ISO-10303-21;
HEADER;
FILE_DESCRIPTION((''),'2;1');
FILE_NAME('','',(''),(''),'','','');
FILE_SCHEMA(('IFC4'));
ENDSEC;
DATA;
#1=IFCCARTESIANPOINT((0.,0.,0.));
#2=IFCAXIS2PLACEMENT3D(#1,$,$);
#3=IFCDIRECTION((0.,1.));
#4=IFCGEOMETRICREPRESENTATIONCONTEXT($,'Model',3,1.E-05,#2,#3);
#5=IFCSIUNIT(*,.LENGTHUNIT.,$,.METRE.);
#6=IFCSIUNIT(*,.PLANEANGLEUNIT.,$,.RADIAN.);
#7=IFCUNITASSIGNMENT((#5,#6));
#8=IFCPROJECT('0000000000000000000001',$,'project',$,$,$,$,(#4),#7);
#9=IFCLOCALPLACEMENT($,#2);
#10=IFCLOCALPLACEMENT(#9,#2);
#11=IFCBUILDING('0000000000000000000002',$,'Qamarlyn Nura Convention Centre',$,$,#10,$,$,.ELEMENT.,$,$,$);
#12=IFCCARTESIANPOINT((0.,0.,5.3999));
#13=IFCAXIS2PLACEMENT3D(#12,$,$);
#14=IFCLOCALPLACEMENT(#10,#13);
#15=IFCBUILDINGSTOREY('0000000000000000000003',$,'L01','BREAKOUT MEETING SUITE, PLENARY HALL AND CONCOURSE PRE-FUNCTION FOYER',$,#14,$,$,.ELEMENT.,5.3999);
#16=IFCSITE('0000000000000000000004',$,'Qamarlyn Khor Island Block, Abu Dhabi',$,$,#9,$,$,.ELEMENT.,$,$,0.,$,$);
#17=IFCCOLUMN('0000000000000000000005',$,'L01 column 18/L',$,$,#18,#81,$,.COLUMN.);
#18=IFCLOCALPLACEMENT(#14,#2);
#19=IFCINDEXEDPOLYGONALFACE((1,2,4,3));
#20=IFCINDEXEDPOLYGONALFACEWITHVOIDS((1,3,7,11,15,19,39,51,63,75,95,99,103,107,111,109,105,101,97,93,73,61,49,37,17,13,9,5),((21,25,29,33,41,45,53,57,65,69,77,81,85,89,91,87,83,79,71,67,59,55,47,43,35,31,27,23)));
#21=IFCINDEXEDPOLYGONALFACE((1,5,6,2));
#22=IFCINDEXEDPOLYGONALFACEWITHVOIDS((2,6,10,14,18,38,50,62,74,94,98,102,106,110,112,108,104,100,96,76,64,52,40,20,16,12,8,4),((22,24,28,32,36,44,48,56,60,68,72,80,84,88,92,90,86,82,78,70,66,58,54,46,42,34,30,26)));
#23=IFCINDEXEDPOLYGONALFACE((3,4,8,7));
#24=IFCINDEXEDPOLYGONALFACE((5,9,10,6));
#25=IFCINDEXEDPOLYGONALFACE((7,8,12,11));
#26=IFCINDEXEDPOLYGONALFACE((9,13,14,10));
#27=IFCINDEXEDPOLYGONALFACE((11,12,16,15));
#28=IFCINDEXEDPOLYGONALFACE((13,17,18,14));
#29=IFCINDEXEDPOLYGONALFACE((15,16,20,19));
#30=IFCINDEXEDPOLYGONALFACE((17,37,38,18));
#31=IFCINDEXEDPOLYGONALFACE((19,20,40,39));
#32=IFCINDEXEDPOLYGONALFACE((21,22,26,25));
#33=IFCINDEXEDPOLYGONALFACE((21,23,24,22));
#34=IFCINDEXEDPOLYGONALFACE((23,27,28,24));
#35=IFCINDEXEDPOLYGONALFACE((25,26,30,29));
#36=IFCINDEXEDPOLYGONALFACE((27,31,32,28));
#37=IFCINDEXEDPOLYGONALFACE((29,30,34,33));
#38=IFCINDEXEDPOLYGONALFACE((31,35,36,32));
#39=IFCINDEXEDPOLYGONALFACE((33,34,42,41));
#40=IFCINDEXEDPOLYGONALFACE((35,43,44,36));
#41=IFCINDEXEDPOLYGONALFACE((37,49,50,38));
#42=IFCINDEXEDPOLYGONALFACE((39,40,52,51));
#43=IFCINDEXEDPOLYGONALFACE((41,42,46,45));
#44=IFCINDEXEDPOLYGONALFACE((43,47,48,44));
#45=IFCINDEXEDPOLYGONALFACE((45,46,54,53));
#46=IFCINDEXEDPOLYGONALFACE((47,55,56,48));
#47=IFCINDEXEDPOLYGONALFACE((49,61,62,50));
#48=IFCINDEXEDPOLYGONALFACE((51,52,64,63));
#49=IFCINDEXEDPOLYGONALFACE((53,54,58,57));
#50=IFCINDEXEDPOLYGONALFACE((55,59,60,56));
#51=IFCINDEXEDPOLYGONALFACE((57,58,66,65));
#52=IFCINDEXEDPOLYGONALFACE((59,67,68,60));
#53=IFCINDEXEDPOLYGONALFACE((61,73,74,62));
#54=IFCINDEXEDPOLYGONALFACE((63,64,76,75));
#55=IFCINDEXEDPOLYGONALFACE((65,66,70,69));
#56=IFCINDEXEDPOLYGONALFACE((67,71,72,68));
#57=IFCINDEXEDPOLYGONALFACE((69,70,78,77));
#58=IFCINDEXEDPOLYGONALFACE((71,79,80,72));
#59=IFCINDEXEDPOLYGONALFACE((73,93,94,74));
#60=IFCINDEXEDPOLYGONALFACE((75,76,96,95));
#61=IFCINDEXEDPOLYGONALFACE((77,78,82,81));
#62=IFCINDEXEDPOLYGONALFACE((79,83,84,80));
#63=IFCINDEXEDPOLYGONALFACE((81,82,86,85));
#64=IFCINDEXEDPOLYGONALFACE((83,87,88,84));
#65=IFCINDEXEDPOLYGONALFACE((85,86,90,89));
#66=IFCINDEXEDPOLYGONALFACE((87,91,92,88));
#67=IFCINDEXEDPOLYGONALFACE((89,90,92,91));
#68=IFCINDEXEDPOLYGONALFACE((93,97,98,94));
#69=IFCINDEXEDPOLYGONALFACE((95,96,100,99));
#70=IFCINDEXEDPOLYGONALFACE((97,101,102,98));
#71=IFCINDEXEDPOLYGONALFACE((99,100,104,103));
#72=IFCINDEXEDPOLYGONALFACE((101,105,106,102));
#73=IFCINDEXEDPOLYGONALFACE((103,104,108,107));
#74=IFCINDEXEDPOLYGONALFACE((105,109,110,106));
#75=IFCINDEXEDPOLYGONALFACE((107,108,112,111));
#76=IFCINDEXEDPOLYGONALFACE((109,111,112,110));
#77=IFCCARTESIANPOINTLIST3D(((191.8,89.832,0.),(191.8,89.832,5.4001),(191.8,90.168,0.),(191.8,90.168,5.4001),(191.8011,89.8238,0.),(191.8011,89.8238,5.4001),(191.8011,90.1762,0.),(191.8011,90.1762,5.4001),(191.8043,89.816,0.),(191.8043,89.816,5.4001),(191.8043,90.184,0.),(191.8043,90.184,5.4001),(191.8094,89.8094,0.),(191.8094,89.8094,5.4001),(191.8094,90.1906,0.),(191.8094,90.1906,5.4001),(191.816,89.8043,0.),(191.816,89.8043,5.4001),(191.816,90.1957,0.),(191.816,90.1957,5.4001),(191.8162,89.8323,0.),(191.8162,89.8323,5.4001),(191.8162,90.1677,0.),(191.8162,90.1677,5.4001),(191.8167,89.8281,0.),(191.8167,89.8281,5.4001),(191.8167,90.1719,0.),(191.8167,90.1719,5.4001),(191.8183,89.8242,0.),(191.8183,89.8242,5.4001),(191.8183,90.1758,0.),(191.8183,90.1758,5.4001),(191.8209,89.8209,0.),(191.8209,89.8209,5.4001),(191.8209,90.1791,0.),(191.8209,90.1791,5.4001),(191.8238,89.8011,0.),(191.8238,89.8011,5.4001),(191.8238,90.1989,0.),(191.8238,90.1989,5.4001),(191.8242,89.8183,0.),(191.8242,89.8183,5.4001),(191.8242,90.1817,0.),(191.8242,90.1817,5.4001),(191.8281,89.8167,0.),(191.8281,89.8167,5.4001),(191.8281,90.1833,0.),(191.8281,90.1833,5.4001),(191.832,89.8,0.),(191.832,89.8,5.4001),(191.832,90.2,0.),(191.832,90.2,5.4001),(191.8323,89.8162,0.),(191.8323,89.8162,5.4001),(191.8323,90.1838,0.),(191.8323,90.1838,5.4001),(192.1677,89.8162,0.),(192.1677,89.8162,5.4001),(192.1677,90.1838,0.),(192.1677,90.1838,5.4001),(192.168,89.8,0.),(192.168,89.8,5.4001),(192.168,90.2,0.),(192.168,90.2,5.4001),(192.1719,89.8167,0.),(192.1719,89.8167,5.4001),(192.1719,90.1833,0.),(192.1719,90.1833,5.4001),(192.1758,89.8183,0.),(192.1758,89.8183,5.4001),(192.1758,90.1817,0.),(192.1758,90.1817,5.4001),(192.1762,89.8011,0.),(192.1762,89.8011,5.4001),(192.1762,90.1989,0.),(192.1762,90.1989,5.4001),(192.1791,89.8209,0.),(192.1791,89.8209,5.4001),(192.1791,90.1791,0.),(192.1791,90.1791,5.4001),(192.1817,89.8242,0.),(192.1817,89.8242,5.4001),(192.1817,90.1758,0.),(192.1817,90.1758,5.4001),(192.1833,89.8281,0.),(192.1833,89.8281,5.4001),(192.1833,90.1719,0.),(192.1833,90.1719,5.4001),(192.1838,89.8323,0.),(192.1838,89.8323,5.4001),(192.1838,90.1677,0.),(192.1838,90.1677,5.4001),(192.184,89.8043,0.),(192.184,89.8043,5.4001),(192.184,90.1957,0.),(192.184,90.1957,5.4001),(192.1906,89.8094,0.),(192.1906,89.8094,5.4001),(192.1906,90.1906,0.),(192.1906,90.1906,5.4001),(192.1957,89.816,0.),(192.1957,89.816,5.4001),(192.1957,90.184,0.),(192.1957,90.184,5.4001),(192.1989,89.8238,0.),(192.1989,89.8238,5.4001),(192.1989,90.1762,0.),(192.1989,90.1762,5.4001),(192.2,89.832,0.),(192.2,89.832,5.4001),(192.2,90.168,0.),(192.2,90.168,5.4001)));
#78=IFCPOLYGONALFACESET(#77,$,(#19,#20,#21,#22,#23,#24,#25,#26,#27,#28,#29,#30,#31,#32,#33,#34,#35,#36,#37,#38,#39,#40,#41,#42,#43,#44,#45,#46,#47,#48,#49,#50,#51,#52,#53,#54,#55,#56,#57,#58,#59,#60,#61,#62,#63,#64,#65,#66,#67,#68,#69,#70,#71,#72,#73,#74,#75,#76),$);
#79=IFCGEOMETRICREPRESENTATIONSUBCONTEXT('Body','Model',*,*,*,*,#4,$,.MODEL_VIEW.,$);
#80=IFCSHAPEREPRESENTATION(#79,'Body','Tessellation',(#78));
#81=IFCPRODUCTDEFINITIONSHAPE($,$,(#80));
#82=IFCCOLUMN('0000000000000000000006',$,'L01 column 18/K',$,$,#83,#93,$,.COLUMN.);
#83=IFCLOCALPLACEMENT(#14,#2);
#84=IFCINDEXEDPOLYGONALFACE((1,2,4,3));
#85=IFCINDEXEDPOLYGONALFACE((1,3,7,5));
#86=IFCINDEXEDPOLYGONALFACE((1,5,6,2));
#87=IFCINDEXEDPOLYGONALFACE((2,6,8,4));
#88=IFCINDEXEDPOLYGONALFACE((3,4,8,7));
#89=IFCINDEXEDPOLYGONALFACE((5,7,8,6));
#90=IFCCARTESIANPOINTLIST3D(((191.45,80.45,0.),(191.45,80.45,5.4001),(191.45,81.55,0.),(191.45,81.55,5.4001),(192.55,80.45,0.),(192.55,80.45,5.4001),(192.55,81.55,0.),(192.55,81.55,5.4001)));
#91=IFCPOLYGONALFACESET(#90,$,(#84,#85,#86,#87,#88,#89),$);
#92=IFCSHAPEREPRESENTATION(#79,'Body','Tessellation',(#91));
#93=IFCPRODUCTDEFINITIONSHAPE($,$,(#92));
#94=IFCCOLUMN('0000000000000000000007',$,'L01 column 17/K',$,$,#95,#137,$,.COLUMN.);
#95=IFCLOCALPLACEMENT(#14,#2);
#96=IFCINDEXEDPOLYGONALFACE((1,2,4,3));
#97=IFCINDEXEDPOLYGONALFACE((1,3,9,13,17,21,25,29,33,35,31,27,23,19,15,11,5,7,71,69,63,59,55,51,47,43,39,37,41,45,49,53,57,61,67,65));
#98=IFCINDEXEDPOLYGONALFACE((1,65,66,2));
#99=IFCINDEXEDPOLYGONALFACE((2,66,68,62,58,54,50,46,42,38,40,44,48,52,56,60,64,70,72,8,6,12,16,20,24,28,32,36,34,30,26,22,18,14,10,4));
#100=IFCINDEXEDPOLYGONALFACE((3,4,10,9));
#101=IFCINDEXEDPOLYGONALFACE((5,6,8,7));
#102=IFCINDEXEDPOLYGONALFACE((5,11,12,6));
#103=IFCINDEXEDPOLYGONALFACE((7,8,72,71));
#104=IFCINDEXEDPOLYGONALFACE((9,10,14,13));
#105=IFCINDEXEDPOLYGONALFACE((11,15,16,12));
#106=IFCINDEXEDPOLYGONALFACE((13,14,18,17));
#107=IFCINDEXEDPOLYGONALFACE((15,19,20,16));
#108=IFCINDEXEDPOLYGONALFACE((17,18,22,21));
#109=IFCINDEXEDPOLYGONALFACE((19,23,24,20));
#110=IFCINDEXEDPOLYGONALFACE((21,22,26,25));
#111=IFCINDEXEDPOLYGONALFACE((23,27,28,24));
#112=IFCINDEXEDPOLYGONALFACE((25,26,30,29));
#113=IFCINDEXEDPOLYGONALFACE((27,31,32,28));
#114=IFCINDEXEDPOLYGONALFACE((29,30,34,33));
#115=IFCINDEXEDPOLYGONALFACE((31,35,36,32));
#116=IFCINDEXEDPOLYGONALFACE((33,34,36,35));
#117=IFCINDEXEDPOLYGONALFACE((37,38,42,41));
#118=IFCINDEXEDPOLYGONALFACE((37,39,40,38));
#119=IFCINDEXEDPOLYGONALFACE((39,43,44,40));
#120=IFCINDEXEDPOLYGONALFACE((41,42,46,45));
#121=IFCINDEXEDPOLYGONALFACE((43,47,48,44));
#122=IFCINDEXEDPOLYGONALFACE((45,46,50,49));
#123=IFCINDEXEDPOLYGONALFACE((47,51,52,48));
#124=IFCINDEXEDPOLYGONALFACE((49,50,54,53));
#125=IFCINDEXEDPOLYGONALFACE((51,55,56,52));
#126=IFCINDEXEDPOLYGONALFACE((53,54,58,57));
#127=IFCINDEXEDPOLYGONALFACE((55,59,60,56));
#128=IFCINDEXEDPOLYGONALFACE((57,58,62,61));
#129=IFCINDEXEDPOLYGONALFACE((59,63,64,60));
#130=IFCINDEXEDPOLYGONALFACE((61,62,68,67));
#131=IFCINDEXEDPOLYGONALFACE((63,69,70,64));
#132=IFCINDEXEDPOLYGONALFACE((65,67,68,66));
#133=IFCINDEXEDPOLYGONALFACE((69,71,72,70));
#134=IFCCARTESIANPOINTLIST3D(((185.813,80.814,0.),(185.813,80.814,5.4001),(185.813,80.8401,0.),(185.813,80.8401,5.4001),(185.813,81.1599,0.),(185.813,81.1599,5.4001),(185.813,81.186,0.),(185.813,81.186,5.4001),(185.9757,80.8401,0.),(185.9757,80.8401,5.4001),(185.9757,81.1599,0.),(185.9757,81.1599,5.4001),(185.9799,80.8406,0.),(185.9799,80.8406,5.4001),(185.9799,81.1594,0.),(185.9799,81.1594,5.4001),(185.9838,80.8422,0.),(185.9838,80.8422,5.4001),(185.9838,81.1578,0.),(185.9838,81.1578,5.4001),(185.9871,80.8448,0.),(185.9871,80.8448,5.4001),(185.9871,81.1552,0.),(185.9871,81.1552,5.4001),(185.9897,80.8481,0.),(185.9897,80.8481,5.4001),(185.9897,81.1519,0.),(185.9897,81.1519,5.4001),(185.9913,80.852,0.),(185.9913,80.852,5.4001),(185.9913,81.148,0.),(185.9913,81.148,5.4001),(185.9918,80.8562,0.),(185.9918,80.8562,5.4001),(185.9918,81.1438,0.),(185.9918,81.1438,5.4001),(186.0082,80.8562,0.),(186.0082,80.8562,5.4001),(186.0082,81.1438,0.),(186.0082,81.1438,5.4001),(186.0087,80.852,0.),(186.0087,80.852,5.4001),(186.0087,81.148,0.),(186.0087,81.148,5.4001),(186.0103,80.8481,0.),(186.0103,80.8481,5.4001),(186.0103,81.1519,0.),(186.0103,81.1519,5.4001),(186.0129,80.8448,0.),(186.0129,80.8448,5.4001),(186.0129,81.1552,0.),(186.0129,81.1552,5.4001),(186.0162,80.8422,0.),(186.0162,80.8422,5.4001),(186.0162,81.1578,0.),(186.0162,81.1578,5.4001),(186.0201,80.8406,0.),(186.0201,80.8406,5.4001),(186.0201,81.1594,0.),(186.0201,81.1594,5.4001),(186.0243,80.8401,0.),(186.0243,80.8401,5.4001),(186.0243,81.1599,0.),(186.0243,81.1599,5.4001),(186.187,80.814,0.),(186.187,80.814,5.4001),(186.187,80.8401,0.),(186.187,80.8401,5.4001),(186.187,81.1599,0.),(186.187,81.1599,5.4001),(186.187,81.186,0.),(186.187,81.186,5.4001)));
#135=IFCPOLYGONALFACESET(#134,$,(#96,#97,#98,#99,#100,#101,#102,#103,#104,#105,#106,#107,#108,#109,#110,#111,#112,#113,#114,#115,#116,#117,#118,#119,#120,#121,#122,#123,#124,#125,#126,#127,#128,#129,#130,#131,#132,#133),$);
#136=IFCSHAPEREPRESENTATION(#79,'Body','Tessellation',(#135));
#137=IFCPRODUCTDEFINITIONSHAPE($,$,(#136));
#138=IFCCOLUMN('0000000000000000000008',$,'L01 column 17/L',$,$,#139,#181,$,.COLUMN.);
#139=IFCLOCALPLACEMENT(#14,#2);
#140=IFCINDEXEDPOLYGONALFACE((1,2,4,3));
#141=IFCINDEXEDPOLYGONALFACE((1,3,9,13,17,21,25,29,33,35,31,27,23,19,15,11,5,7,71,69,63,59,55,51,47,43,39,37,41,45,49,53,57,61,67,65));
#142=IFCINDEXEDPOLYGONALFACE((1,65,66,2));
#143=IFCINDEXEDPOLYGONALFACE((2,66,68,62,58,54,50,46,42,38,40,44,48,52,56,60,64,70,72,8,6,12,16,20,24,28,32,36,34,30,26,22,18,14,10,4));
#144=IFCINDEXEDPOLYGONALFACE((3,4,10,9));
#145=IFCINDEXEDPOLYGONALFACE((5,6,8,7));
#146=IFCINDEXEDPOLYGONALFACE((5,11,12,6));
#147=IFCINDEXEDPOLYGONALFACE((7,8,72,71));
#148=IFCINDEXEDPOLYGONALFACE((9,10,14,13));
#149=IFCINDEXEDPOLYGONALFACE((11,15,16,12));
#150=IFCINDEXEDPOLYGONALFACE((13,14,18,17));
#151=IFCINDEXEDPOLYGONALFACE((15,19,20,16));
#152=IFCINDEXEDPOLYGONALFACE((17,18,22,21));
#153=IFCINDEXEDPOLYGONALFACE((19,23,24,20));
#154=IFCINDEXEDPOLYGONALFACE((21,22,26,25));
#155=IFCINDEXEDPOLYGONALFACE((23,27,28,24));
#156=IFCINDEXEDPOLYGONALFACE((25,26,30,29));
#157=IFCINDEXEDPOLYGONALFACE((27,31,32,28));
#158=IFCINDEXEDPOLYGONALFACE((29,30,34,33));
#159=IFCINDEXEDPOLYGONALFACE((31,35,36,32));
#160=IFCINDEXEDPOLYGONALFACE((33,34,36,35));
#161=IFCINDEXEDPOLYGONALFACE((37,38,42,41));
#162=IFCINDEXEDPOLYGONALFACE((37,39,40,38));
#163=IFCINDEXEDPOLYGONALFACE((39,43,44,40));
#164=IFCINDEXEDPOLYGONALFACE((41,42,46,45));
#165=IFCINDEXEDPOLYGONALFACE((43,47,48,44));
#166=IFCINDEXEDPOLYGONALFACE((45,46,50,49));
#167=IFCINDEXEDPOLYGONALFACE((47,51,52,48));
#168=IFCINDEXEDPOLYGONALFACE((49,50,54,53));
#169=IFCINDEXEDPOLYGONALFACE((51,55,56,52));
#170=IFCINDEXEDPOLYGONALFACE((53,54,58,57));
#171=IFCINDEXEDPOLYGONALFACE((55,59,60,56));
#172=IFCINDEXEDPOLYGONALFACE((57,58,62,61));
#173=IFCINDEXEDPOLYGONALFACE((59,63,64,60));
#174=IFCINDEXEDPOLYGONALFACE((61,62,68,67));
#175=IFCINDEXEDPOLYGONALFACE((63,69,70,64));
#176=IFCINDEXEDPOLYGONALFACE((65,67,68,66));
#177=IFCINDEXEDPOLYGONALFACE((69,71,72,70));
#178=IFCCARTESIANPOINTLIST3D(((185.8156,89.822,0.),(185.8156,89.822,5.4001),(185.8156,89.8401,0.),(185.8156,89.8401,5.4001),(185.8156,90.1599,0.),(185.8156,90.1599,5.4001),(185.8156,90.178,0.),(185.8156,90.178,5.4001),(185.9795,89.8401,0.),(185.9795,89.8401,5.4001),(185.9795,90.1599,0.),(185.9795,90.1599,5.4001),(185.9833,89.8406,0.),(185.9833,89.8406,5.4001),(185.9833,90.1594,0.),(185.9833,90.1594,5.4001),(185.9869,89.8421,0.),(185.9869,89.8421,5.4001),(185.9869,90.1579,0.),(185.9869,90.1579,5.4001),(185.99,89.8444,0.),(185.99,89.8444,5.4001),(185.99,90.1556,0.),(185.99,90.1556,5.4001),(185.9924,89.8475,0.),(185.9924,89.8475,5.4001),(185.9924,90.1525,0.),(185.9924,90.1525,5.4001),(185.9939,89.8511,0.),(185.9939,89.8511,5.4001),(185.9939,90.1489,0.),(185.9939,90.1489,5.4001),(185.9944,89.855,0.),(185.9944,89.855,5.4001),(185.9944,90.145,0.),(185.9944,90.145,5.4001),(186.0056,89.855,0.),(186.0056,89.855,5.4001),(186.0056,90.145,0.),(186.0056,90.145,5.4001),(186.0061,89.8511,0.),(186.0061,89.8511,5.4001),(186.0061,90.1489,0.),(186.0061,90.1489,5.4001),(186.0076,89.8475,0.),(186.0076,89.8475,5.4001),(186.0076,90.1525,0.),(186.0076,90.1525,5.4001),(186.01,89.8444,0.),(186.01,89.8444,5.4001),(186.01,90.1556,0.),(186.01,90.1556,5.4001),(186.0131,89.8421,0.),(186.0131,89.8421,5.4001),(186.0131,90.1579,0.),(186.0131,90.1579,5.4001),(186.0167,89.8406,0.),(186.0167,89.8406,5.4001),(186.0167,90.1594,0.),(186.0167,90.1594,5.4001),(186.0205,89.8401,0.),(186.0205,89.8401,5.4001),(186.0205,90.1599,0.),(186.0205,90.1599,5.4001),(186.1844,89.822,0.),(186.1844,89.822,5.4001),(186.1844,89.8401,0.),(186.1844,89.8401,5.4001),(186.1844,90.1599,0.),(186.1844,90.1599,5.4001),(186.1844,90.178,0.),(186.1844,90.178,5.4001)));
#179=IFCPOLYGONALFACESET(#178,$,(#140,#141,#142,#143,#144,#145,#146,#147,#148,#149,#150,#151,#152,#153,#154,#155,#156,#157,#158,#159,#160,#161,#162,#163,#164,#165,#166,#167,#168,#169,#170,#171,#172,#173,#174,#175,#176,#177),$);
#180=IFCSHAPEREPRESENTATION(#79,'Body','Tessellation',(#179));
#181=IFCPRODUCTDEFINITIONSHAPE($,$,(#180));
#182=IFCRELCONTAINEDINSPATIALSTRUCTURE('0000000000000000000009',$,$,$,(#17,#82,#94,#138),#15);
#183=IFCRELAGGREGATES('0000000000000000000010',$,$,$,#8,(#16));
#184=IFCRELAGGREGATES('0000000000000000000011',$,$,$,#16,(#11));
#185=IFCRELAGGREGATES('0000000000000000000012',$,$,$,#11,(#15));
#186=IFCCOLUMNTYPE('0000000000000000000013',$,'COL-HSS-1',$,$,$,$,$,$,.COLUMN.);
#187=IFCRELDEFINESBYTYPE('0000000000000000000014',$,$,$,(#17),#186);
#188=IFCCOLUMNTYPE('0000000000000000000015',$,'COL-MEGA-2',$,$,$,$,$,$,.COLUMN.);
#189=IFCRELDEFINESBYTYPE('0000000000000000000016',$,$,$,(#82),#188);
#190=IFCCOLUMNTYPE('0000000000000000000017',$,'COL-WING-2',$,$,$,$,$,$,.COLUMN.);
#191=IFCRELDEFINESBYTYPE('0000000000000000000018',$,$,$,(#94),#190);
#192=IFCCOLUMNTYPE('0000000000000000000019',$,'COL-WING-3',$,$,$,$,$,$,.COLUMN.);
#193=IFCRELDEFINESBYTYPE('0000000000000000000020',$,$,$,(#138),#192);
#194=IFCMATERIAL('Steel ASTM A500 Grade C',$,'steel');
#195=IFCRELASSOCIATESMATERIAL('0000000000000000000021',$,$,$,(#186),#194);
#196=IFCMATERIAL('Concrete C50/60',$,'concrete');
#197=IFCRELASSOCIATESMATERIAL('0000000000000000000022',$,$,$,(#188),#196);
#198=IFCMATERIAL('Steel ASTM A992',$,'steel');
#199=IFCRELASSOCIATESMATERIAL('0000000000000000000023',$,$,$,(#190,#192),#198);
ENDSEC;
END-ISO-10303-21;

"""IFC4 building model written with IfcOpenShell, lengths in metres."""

from ifc_helpers import new_model, si_unit, direction, frame, origin, origin_2d, place, context, subcontext, project, spatial, rectangle, hollow_rectangle, i_section, extrude, material, material_profile, profile_set, type_object, element, save


model = new_model("IFC4")

# Units and contexts
model_context = context("Model", 3, precision=1e-05, world=origin(), true_north=direction((0.0, 1.0)))
body_context = subcontext(model_context, "Body", "Model", "MODEL_VIEW")
ifc_project = project(units=[si_unit("LENGTHUNIT", "METRE"), si_unit("PLANEANGLEUNIT", "RADIAN")], contexts=[model_context])

# Site, building, storey
site_placement = place(None, origin())
site = spatial("IfcSite", under=ifc_project, at=site_placement, Name="Qamarlyn Khor Island Block, Abu Dhabi", CompositionType="ELEMENT", RefElevation=0.0)
building_placement = place(site_placement, origin())
building = spatial("IfcBuilding", under=site, at=building_placement, Name="Qamarlyn Nura Convention Centre", CompositionType="ELEMENT")
storey_placement = place(building_placement, frame((0.0, 0.0, 5.3999)))
storey = spatial("IfcBuildingStorey", under=building, at=storey_placement, Name="L01", Description="BREAKOUT MEETING SUITE, PLENARY HALL AND CONCOURSE PRE-FUNCTION FOYER", CompositionType="ELEMENT", Elevation=5.3999)

# Columns
ifc_material_1 = material(Name="Steel ASTM A500 Grade C", Category="steel")
ifc_material_profile_1 = material_profile(ifc_material_1, hollow_rectangle(XDim=0.3999, YDim=0.3999, WallThickness=0.0161, InnerFilletRadius=0.0161, OuterFilletRadius=0.032, at=origin_2d()), Name="HSS400X400X16")
ifc_profile_set_1 = profile_set([ifc_material_profile_1], Name="Steel ASTM A500 Grade C")
column_type_1 = type_object("IfcColumnType", Name="COL-HSS-1", PredefinedType="COLUMN", material=ifc_profile_set_1)
column_1_placement = place(storey_placement, frame((192.0, 90.0, 0.0), z_axis=(0.0, 0.0, 1.0), x_axis=(1.0, 0.0, 0.0)))
element("IfcColumn", 1, at=column_1_placement, inside=storey, type_object=column_type_1, Name="L01 column 18/L", PredefinedType="COLUMN", context=body_context, shape_type="SweptSolid", body=[
    extrude(hollow_rectangle(XDim=0.3999, YDim=0.3999, WallThickness=0.0161, InnerFilletRadius=0.0161, OuterFilletRadius=0.032, at=origin_2d()), origin(), (0.0, 0.0, 1.0), 5.4001),
])
ifc_material_2 = material(Name="Concrete C50/60", Category="concrete")
ifc_material_profile_2 = material_profile(ifc_material_2, rectangle(XDim=1.1001, YDim=1.1001, at=origin_2d()), Name="RC 1100x1100")
ifc_profile_set_2 = profile_set([ifc_material_profile_2], Name="Concrete C50/60")
column_type_2 = type_object("IfcColumnType", Name="COL-MEGA-2", PredefinedType="COLUMN", material=ifc_profile_set_2)
column_2_placement = place(storey_placement, frame((192.0, 81.0, 0.0), z_axis=(0.0, 0.0, 1.0), x_axis=(1.0, 0.0, 0.0)))
element("IfcColumn", 2, at=column_2_placement, inside=storey, type_object=column_type_2, Name="L01 column 18/K", PredefinedType="COLUMN", context=body_context, shape_type="SweptSolid", body=[
    extrude(rectangle(XDim=1.1001, YDim=1.1001, at=origin_2d()), origin(), (0.0, 0.0, 1.0), 5.4001),
])
ifc_material_3 = material(Name="Steel ASTM A992", Category="steel")
ifc_material_profile_3 = material_profile(ifc_material_3, i_section(OverallWidth=0.374, OverallDepth=0.3721, WebThickness=0.0164, FlangeThickness=0.0261, FilletRadius=0.0161, at=origin_2d()), Name="W360X196")
ifc_profile_set_3 = profile_set([ifc_material_profile_3], Name="Steel ASTM A992")
column_type_3 = type_object("IfcColumnType", Name="COL-WING-2", PredefinedType="COLUMN", material=ifc_profile_set_3)
column_3_placement = place(storey_placement, frame((186.0, 81.0, 0.0), z_axis=(0.0, 0.0, 1.0), x_axis=(1.0, 0.0, 0.0)))
element("IfcColumn", 3, at=column_3_placement, inside=storey, type_object=column_type_3, Name="L01 column 17/K", PredefinedType="COLUMN", context=body_context, shape_type="SweptSolid", body=[
    extrude(i_section(OverallWidth=0.374, OverallDepth=0.3721, WebThickness=0.0164, FlangeThickness=0.0261, FilletRadius=0.0161, at=origin_2d()), origin(), (0.0, 0.0, 1.0), 5.4001),
])
ifc_material_profile_4 = material_profile(ifc_material_3, i_section(OverallWidth=0.3689, OverallDepth=0.356, WebThickness=0.0112, FlangeThickness=0.0181, FilletRadius=0.0149, at=origin_2d()), Name="W360X134")
ifc_profile_set_4 = profile_set([ifc_material_profile_4], Name="Steel ASTM A992")
column_type_4 = type_object("IfcColumnType", Name="COL-WING-3", PredefinedType="COLUMN", material=ifc_profile_set_4)
column_4_placement = place(storey_placement, frame((186.0, 90.0, 0.0), z_axis=(0.0, 0.0, 1.0), x_axis=(1.0, 0.0, 0.0)))
element("IfcColumn", 4, at=column_4_placement, inside=storey, type_object=column_type_4, Name="L01 column 17/L", PredefinedType="COLUMN", context=body_context, shape_type="SweptSolid", body=[
    extrude(i_section(OverallWidth=0.3689, OverallDepth=0.356, WebThickness=0.0112, FlangeThickness=0.0181, FilletRadius=0.0149, at=origin_2d()), origin(), (0.0, 0.0, 1.0), 5.4001),
])

save(model, "model.ifc")
